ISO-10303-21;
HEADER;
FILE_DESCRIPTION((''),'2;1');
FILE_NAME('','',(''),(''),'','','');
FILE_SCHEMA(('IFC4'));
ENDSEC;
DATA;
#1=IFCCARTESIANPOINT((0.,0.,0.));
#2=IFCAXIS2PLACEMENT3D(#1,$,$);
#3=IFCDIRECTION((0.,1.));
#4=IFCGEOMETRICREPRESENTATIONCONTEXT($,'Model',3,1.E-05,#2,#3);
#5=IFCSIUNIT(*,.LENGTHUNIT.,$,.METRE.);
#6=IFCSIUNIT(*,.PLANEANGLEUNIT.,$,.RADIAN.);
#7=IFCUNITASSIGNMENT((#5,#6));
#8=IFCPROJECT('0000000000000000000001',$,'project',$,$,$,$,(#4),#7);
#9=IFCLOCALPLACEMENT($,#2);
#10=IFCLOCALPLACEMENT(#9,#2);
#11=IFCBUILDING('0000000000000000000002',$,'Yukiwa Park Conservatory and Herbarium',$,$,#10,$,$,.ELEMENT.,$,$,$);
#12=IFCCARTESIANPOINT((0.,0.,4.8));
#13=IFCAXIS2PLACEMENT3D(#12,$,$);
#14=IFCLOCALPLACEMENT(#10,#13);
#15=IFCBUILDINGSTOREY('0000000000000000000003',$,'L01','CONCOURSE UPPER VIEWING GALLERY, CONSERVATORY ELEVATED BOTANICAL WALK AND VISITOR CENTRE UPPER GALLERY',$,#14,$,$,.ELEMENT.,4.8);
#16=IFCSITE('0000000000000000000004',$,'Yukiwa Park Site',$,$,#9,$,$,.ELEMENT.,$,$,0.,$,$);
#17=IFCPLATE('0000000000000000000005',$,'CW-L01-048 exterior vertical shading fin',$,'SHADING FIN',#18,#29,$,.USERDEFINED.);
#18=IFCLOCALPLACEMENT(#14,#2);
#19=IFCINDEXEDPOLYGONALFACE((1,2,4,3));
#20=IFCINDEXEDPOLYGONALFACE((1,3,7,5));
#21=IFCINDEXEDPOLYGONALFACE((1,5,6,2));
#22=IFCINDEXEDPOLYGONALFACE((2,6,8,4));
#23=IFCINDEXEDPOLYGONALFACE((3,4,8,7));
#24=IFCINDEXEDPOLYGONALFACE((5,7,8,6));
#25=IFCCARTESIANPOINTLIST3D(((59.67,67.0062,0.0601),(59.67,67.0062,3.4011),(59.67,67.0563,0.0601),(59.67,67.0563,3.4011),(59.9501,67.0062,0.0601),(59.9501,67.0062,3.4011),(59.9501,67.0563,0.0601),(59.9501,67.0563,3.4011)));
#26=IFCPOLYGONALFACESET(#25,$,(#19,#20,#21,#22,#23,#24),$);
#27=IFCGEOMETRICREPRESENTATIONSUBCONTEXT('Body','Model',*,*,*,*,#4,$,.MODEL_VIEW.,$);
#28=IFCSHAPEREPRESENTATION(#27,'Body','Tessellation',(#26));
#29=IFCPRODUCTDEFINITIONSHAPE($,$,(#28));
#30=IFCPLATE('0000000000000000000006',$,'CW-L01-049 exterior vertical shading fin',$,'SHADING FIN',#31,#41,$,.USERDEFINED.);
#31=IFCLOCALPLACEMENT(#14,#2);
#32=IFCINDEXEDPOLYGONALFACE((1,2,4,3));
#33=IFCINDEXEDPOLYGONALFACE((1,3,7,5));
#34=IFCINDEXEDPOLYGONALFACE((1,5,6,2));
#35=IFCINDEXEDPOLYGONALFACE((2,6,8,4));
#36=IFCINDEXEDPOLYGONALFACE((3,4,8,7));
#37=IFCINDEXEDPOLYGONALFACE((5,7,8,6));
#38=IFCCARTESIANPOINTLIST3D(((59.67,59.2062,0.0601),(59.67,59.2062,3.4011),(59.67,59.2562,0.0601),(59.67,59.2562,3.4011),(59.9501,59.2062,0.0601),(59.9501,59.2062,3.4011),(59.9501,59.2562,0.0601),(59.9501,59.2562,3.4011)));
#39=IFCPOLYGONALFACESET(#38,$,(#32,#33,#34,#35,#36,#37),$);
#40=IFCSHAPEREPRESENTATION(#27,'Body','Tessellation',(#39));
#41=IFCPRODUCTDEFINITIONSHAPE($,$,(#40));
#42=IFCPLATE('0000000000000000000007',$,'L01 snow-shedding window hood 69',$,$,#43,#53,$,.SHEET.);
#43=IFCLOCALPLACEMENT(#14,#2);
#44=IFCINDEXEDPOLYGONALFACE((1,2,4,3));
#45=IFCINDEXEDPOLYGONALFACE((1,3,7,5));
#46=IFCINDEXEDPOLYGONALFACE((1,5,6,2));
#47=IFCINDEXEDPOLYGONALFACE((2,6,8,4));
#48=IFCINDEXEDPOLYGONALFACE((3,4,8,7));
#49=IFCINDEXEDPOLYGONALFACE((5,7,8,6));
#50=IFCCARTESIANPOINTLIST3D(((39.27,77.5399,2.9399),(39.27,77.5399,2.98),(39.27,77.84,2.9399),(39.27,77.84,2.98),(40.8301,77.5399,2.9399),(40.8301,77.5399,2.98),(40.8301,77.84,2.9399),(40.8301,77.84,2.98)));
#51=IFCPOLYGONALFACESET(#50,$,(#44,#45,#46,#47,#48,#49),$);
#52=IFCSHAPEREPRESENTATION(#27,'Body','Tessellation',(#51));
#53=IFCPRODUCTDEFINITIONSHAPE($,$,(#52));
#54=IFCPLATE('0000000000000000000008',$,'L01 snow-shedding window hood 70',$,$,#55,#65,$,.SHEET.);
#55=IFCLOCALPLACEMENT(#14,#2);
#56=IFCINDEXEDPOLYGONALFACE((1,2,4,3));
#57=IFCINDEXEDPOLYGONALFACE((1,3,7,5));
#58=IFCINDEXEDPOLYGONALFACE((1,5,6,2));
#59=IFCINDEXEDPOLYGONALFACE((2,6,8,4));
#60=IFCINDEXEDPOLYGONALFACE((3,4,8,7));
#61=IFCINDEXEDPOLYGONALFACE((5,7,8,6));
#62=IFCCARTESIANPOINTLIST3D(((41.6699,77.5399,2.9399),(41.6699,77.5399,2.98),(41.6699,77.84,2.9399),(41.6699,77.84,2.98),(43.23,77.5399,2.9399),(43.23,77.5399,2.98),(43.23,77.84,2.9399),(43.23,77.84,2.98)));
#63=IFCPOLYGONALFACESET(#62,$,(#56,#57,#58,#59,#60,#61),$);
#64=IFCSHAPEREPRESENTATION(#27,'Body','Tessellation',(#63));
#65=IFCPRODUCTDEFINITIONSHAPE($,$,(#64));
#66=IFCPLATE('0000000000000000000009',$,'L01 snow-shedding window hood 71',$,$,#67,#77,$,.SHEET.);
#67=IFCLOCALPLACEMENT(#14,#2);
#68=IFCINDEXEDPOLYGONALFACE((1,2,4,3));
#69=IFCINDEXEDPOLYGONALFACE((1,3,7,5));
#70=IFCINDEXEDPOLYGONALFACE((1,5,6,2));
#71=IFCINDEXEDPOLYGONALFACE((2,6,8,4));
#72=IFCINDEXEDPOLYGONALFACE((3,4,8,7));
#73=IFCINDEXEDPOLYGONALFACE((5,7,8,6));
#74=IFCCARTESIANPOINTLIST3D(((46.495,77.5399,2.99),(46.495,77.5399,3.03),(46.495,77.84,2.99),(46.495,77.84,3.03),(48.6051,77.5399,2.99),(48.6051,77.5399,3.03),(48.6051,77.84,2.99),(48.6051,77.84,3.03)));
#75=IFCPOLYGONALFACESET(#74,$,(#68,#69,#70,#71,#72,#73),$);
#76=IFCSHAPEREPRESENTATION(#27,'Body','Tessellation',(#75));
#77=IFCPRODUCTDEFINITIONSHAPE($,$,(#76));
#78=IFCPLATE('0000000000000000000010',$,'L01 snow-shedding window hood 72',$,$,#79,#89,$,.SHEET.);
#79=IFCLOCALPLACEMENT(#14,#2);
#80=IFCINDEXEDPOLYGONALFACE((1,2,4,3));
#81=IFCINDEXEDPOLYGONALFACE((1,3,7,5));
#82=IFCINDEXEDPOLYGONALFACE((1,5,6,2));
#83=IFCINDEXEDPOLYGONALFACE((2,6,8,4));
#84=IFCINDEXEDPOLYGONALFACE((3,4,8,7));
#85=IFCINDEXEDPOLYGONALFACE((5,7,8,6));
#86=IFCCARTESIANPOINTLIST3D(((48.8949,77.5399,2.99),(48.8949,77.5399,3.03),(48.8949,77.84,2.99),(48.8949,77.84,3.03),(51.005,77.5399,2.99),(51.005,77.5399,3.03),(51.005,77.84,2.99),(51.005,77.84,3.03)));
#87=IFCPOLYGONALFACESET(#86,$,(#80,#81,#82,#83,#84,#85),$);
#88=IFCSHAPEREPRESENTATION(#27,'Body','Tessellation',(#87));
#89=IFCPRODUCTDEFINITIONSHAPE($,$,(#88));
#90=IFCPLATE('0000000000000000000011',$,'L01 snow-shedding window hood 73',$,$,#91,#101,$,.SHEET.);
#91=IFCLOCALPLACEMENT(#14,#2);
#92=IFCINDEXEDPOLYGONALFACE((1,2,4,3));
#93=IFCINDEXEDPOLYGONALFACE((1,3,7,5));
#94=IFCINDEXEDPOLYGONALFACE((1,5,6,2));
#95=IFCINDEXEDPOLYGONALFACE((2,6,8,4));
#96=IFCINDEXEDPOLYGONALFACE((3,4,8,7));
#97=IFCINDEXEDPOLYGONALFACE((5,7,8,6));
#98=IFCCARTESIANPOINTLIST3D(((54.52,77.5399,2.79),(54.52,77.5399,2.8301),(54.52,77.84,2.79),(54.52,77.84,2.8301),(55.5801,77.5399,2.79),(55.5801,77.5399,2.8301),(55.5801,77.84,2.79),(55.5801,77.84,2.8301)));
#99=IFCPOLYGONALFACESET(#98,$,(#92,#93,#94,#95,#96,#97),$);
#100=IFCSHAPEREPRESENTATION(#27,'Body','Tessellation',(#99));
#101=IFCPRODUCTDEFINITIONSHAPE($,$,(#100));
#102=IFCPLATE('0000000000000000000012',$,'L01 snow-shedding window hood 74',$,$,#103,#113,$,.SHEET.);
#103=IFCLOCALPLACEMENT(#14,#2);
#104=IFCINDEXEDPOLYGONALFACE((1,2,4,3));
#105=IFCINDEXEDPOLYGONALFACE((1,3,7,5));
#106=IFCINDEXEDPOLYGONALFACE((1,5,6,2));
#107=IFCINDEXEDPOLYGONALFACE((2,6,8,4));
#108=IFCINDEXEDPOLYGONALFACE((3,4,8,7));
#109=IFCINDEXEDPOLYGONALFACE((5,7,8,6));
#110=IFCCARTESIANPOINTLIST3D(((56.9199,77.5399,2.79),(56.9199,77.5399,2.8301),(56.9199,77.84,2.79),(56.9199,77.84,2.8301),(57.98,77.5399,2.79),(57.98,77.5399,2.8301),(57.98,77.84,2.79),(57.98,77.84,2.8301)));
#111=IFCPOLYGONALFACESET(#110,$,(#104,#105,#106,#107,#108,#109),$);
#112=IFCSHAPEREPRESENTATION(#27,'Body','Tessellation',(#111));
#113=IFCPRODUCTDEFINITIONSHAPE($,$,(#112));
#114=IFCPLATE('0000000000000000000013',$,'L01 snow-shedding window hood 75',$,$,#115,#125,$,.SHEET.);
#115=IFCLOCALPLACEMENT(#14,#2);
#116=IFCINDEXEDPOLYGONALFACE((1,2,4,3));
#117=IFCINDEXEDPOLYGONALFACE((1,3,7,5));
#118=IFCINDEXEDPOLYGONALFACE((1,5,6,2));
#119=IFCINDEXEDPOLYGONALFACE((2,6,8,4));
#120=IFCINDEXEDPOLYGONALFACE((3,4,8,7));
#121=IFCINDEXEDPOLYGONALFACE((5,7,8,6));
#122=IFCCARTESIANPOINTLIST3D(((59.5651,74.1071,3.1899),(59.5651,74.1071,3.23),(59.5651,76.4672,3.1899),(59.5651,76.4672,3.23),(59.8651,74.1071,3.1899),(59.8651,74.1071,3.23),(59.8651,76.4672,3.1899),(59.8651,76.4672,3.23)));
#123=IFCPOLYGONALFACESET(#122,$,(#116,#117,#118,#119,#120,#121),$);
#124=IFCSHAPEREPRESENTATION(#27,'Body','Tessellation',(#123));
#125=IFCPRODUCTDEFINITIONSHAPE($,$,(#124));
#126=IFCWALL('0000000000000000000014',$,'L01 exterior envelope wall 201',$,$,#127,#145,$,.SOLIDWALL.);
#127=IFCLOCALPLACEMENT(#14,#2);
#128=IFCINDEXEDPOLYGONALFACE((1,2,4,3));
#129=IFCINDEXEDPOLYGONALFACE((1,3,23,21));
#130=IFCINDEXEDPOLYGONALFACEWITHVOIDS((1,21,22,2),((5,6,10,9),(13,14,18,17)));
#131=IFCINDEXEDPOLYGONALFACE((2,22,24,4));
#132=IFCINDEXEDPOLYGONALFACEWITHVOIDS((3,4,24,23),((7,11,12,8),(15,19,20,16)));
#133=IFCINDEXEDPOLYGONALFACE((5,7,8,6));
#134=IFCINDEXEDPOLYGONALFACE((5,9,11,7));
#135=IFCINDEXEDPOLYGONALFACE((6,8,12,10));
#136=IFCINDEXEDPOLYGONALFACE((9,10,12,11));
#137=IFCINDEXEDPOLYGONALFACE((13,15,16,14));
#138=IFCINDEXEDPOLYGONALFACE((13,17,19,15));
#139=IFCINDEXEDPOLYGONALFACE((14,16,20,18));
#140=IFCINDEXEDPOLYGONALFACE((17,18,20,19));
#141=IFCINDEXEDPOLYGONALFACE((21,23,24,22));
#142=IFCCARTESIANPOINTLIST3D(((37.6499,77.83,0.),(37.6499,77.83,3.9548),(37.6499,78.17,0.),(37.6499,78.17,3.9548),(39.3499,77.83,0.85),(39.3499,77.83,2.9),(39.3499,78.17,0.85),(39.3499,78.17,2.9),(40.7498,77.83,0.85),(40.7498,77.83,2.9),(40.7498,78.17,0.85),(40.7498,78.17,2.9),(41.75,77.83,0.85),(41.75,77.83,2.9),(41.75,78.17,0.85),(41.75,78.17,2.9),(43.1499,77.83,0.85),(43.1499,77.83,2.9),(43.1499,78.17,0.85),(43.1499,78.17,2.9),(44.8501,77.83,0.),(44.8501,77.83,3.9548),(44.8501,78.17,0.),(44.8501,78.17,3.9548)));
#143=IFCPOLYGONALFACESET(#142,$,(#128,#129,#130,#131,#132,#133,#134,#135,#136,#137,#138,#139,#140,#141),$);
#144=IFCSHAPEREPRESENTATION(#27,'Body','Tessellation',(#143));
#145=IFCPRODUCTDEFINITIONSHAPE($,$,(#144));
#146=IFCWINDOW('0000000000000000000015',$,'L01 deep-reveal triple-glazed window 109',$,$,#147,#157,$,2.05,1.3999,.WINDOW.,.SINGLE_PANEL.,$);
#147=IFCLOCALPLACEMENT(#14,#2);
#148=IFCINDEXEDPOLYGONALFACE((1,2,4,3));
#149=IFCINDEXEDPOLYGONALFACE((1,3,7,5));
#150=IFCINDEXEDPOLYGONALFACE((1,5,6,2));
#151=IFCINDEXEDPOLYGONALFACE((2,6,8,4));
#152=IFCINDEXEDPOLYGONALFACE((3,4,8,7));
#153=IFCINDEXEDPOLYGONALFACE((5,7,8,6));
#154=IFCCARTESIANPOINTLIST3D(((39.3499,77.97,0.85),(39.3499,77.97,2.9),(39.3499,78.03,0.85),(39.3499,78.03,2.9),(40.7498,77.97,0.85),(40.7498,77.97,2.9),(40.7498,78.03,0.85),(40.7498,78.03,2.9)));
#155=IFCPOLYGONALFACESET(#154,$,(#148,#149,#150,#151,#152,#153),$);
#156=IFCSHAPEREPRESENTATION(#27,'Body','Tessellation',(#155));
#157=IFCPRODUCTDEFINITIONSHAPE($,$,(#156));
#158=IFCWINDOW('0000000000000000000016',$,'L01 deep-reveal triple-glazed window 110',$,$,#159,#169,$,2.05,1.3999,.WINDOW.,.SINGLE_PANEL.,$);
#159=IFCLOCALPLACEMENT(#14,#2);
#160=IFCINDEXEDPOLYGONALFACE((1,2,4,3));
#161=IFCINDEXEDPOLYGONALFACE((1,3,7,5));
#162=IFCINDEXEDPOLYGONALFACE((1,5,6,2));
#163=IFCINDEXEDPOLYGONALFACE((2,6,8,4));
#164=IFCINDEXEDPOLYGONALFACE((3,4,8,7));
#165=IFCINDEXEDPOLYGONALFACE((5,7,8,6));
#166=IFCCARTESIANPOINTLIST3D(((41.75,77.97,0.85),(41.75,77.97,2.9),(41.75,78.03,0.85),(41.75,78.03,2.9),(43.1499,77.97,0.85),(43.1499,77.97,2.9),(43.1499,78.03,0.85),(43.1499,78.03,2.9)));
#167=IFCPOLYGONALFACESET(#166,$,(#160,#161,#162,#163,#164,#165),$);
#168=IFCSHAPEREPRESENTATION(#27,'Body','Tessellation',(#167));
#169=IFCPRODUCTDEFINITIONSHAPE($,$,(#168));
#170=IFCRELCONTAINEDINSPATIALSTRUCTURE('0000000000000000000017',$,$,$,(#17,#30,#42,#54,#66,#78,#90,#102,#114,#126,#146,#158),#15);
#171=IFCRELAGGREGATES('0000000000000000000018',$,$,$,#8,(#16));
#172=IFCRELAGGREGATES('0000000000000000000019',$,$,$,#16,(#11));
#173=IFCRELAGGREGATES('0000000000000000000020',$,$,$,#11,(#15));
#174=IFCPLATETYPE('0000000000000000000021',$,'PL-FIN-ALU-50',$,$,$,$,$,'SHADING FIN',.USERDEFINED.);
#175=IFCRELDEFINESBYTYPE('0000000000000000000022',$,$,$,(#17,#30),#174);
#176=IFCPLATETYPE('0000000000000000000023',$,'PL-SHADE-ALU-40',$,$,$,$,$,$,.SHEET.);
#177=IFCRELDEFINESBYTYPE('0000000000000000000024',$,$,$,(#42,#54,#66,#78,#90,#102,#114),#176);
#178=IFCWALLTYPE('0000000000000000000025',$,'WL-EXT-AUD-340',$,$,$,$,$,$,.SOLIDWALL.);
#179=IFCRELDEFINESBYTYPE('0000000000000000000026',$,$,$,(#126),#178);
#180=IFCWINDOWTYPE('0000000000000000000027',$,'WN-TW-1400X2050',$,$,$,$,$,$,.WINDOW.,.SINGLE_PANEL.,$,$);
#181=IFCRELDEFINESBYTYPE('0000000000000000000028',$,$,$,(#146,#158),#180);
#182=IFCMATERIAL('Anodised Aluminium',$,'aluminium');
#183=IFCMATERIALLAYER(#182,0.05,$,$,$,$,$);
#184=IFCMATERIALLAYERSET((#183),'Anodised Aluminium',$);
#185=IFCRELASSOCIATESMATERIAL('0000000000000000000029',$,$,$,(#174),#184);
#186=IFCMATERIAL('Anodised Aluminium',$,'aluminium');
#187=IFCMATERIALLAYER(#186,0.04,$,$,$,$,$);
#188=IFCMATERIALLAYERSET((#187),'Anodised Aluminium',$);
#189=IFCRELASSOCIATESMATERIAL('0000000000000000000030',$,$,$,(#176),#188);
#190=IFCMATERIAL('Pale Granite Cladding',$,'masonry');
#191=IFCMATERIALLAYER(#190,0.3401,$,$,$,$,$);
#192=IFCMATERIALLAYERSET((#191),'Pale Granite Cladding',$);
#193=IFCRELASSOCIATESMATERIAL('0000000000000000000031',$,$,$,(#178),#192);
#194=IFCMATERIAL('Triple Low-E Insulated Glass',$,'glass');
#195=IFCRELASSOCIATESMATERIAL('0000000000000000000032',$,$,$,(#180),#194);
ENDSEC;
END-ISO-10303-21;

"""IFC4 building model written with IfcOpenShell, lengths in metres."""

from ifc_helpers import new_model, si_unit, direction, frame, frame_2d, origin, origin_2d, place, context, subcontext, project, spatial, rectangle, extrude, material, layer, layer_set, type_object, element, fill, save


model = new_model("IFC4")

# Units and contexts
model_context = context("Model", 3, precision=1e-05, world=origin(), true_north=direction((0.0, 1.0)))
body_context = subcontext(model_context, "Body", "Model", "MODEL_VIEW")
ifc_project = project(units=[si_unit("LENGTHUNIT", "METRE"), si_unit("PLANEANGLEUNIT", "RADIAN")], contexts=[model_context])

# Site, building, storey
site_placement = place(None, origin())
site = spatial("IfcSite", under=ifc_project, at=site_placement, Name="Yukiwa Park Site", CompositionType="ELEMENT", RefElevation=0.0)
building_placement = place(site_placement, origin())
building = spatial("IfcBuilding", under=site, at=building_placement, Name="Yukiwa Park Conservatory and Herbarium", CompositionType="ELEMENT")
storey_placement = place(building_placement, frame((0.0, 0.0, 4.8)))
storey = spatial("IfcBuildingStorey", under=building, at=storey_placement, Name="L01", Description="CONCOURSE UPPER VIEWING GALLERY, CONSERVATORY ELEVATED BOTANICAL WALK AND VISITOR CENTRE UPPER GALLERY", CompositionType="ELEMENT", Elevation=4.8)

# Plates
ifc_material_1 = material(Name="Anodised Aluminium", Category="aluminium")
ifc_layer_1 = layer(ifc_material_1, 0.05)
ifc_layer_set_1 = layer_set([ifc_layer_1], Name="Anodised Aluminium")
plate_type_1 = type_object("IfcPlateType", Name="PL-FIN-ALU-50", ElementType="SHADING FIN", PredefinedType="USERDEFINED", material=ifc_layer_set_1)
for number, where, z_axis, x_axis, name in (
    (1, (59.8101, 67.0312, 0.0601), (0.0, 0.0, 1.0), (0.0, -1.0, 0.0), "CW-L01-048 exterior vertical shading fin"),
    (2, (59.8101, 59.2312, 0.0601), (0.0, 0.0, 1.0), (0.0, -1.0, 0.0), "CW-L01-049 exterior vertical shading fin"),
):
    element("IfcPlate", number, at=place(storey_placement, frame(where, z_axis=z_axis, x_axis=x_axis)), inside=storey, type_object=plate_type_1, Name=name, ObjectType="SHADING FIN", PredefinedType="USERDEFINED", context=body_context, shape_type="SweptSolid", body=[
        extrude(rectangle(XDim=0.05, YDim=0.28, at=origin_2d()), origin(), (0.0, 0.0, 1.0), 3.3411),
    ])
ifc_material_2 = material(Name="Anodised Aluminium", Category="aluminium")
ifc_layer_2 = layer(ifc_material_2, 0.04)
ifc_layer_set_2 = layer_set([ifc_layer_2], Name="Anodised Aluminium")
plate_type_2 = type_object("IfcPlateType", Name="PL-SHADE-ALU-40", PredefinedType="SHEET", material=ifc_layer_set_2)
for number, where, z_axis, x_axis, name in (
    (3, (40.05, 77.6899, 2.9399), (0.0, 0.0, 1.0), (1.0, 0.0, 0.0), "L01 snow-shedding window hood 69"),
    (4, (42.45, 77.6899, 2.9399), (0.0, 0.0, 1.0), (1.0, 0.0, 0.0), "L01 snow-shedding window hood 70"),
):
    element("IfcPlate", number, at=place(storey_placement, frame(where, z_axis=z_axis, x_axis=x_axis)), inside=storey, type_object=plate_type_2, Name=name, PredefinedType="SHEET", context=body_context, shape_type="SweptSolid", body=[
        extrude(rectangle(XDim=1.5601, YDim=0.3, at=origin_2d()), origin(), (0.0, 0.0, 1.0), 0.04),
    ])
for number, where, z_axis, x_axis, name in (
    (5, (47.55, 77.6899, 2.99), (0.0, 0.0, 1.0), (1.0, 0.0, 0.0), "L01 snow-shedding window hood 71"),
    (6, (49.95, 77.6899, 2.99), (0.0, 0.0, 1.0), (1.0, 0.0, 0.0), "L01 snow-shedding window hood 72"),
):
    element("IfcPlate", number, at=place(storey_placement, frame(where, z_axis=z_axis, x_axis=x_axis)), inside=storey, type_object=plate_type_2, Name=name, PredefinedType="SHEET", context=body_context, shape_type="SweptSolid", body=[
        extrude(rectangle(XDim=2.1101, YDim=0.3, at=origin_2d()), origin(), (0.0, 0.0, 1.0), 0.04),
    ])
for number, where, z_axis, x_axis, name in (
    (7, (55.05, 77.6899, 2.79), (0.0, 0.0, 1.0), (1.0, 0.0, 0.0), "L01 snow-shedding window hood 73"),
    (8, (57.45, 77.6899, 2.79), (0.0, 0.0, 1.0), (1.0, 0.0, 0.0), "L01 snow-shedding window hood 74"),
):
    element("IfcPlate", number, at=place(storey_placement, frame(where, z_axis=z_axis, x_axis=x_axis)), inside=storey, type_object=plate_type_2, Name=name, PredefinedType="SHEET", context=body_context, shape_type="SweptSolid", body=[
        extrude(rectangle(XDim=1.0601, YDim=0.3, at=origin_2d()), origin(), (0.0, 0.0, 1.0), 0.04),
    ])
plate_placement = place(storey_placement, frame((59.7151, 75.2871, 3.1899), z_axis=(0.0, 0.0, 1.0), x_axis=(0.0, -1.0, 0.0)))
element("IfcPlate", 9, at=plate_placement, inside=storey, type_object=plate_type_2, Name="L01 snow-shedding window hood 75", PredefinedType="SHEET", context=body_context, shape_type="SweptSolid", body=[
    extrude(rectangle(XDim=2.3601, YDim=0.3, at=origin_2d()), origin(), (0.0, 0.0, 1.0), 0.04),
])

# Wall, openings, windows
ifc_material_3 = material(Name="Pale Granite Cladding", Category="masonry")
ifc_layer_3 = layer(ifc_material_3, 0.3401)
ifc_layer_set_3 = layer_set([ifc_layer_3], Name="Pale Granite Cladding")
wall_type = type_object("IfcWallType", Name="WL-EXT-AUD-340", PredefinedType="SOLIDWALL", material=ifc_layer_set_3)
wall_placement = place(storey_placement, frame((37.6499, 78.0, 0.0), z_axis=(0.0, 0.0, 1.0), x_axis=(1.0, 0.0, 0.0)))
wall = element("IfcWall", 10, at=wall_placement, inside=storey, type_object=wall_type, Name="L01 exterior envelope wall 201", PredefinedType="SOLIDWALL", context=body_context, shape_type="SweptSolid", body=[
    extrude(rectangle(XDim=7.2002, YDim=0.3401, at=frame_2d((3.6001, 0.0))), origin(), (0.0, 0.0, 1.0), 3.9548),
])
opening_1_placement = place(wall_placement, frame((1.7, 0.0, 0.8501)))
opening_1 = element("IfcOpeningElement", 11, at=opening_1_placement, cuts=wall, PredefinedType="OPENING", context=body_context, shape_type="SweptSolid", body=[
    extrude(rectangle(XDim=1.3999, YDim=2.05, at=frame_2d((0.7, 1.0249))), frame((0.0, 0.1802, 0.0), z_axis=(0.0, -1.0, 0.0), x_axis=(1.0, 0.0, 0.0)), (0.0, 0.0, 1.0), 0.3601),
])
opening_2_placement = place(wall_placement, frame((4.1001, 0.0, 0.8501)))
opening_2 = element("IfcOpeningElement", 12, at=opening_2_placement, cuts=wall, PredefinedType="OPENING", context=body_context, shape_type="SweptSolid", body=[
    extrude(rectangle(XDim=1.3999, YDim=2.05, at=frame_2d((0.7, 1.0249))), frame((0.0, 0.1802, 0.0), z_axis=(0.0, -1.0, 0.0), x_axis=(1.0, 0.0, 0.0)), (0.0, 0.0, 1.0), 0.3601),
])
ifc_material_4 = material(Name="Triple Low-E Insulated Glass", Category="glass")
window_type = type_object("IfcWindowType", Name="WN-TW-1400X2050", PartitioningType="SINGLE_PANEL", PredefinedType="WINDOW", material=ifc_material_4)
window_1_placement = place(opening_1_placement, origin())
window_1 = element("IfcWindow", 13, at=window_1_placement, inside=storey, type_object=window_type, Name="L01 deep-reveal triple-glazed window 109", OverallHeight=2.05, OverallWidth=1.3999, PartitioningType="SINGLE_PANEL", PredefinedType="WINDOW", context=body_context, shape_type="SweptSolid", body=[
    extrude(rectangle(XDim=1.3999, YDim=2.05, at=frame_2d((0.7, 1.0249))), frame((0.0, 0.03, 0.0), z_axis=(0.0, -1.0, 0.0), x_axis=(1.0, 0.0, 0.0)), (0.0, 0.0, 1.0), 0.0601),
])
fill(opening_1, window_1)
window_2_placement = place(opening_2_placement, origin())
window_2 = element("IfcWindow", 14, at=window_2_placement, inside=storey, type_object=window_type, Name="L01 deep-reveal triple-glazed window 110", OverallHeight=2.05, OverallWidth=1.3999, PartitioningType="SINGLE_PANEL", PredefinedType="WINDOW", context=body_context, shape_type="SweptSolid", body=[
    extrude(rectangle(XDim=1.3999, YDim=2.05, at=frame_2d((0.7, 1.0249))), frame((0.0, 0.03, 0.0), z_axis=(0.0, -1.0, 0.0), x_axis=(1.0, 0.0, 0.0)), (0.0, 0.0, 1.0), 0.0601),
])
fill(opening_2, window_2)

save(model, "model.ifc")
